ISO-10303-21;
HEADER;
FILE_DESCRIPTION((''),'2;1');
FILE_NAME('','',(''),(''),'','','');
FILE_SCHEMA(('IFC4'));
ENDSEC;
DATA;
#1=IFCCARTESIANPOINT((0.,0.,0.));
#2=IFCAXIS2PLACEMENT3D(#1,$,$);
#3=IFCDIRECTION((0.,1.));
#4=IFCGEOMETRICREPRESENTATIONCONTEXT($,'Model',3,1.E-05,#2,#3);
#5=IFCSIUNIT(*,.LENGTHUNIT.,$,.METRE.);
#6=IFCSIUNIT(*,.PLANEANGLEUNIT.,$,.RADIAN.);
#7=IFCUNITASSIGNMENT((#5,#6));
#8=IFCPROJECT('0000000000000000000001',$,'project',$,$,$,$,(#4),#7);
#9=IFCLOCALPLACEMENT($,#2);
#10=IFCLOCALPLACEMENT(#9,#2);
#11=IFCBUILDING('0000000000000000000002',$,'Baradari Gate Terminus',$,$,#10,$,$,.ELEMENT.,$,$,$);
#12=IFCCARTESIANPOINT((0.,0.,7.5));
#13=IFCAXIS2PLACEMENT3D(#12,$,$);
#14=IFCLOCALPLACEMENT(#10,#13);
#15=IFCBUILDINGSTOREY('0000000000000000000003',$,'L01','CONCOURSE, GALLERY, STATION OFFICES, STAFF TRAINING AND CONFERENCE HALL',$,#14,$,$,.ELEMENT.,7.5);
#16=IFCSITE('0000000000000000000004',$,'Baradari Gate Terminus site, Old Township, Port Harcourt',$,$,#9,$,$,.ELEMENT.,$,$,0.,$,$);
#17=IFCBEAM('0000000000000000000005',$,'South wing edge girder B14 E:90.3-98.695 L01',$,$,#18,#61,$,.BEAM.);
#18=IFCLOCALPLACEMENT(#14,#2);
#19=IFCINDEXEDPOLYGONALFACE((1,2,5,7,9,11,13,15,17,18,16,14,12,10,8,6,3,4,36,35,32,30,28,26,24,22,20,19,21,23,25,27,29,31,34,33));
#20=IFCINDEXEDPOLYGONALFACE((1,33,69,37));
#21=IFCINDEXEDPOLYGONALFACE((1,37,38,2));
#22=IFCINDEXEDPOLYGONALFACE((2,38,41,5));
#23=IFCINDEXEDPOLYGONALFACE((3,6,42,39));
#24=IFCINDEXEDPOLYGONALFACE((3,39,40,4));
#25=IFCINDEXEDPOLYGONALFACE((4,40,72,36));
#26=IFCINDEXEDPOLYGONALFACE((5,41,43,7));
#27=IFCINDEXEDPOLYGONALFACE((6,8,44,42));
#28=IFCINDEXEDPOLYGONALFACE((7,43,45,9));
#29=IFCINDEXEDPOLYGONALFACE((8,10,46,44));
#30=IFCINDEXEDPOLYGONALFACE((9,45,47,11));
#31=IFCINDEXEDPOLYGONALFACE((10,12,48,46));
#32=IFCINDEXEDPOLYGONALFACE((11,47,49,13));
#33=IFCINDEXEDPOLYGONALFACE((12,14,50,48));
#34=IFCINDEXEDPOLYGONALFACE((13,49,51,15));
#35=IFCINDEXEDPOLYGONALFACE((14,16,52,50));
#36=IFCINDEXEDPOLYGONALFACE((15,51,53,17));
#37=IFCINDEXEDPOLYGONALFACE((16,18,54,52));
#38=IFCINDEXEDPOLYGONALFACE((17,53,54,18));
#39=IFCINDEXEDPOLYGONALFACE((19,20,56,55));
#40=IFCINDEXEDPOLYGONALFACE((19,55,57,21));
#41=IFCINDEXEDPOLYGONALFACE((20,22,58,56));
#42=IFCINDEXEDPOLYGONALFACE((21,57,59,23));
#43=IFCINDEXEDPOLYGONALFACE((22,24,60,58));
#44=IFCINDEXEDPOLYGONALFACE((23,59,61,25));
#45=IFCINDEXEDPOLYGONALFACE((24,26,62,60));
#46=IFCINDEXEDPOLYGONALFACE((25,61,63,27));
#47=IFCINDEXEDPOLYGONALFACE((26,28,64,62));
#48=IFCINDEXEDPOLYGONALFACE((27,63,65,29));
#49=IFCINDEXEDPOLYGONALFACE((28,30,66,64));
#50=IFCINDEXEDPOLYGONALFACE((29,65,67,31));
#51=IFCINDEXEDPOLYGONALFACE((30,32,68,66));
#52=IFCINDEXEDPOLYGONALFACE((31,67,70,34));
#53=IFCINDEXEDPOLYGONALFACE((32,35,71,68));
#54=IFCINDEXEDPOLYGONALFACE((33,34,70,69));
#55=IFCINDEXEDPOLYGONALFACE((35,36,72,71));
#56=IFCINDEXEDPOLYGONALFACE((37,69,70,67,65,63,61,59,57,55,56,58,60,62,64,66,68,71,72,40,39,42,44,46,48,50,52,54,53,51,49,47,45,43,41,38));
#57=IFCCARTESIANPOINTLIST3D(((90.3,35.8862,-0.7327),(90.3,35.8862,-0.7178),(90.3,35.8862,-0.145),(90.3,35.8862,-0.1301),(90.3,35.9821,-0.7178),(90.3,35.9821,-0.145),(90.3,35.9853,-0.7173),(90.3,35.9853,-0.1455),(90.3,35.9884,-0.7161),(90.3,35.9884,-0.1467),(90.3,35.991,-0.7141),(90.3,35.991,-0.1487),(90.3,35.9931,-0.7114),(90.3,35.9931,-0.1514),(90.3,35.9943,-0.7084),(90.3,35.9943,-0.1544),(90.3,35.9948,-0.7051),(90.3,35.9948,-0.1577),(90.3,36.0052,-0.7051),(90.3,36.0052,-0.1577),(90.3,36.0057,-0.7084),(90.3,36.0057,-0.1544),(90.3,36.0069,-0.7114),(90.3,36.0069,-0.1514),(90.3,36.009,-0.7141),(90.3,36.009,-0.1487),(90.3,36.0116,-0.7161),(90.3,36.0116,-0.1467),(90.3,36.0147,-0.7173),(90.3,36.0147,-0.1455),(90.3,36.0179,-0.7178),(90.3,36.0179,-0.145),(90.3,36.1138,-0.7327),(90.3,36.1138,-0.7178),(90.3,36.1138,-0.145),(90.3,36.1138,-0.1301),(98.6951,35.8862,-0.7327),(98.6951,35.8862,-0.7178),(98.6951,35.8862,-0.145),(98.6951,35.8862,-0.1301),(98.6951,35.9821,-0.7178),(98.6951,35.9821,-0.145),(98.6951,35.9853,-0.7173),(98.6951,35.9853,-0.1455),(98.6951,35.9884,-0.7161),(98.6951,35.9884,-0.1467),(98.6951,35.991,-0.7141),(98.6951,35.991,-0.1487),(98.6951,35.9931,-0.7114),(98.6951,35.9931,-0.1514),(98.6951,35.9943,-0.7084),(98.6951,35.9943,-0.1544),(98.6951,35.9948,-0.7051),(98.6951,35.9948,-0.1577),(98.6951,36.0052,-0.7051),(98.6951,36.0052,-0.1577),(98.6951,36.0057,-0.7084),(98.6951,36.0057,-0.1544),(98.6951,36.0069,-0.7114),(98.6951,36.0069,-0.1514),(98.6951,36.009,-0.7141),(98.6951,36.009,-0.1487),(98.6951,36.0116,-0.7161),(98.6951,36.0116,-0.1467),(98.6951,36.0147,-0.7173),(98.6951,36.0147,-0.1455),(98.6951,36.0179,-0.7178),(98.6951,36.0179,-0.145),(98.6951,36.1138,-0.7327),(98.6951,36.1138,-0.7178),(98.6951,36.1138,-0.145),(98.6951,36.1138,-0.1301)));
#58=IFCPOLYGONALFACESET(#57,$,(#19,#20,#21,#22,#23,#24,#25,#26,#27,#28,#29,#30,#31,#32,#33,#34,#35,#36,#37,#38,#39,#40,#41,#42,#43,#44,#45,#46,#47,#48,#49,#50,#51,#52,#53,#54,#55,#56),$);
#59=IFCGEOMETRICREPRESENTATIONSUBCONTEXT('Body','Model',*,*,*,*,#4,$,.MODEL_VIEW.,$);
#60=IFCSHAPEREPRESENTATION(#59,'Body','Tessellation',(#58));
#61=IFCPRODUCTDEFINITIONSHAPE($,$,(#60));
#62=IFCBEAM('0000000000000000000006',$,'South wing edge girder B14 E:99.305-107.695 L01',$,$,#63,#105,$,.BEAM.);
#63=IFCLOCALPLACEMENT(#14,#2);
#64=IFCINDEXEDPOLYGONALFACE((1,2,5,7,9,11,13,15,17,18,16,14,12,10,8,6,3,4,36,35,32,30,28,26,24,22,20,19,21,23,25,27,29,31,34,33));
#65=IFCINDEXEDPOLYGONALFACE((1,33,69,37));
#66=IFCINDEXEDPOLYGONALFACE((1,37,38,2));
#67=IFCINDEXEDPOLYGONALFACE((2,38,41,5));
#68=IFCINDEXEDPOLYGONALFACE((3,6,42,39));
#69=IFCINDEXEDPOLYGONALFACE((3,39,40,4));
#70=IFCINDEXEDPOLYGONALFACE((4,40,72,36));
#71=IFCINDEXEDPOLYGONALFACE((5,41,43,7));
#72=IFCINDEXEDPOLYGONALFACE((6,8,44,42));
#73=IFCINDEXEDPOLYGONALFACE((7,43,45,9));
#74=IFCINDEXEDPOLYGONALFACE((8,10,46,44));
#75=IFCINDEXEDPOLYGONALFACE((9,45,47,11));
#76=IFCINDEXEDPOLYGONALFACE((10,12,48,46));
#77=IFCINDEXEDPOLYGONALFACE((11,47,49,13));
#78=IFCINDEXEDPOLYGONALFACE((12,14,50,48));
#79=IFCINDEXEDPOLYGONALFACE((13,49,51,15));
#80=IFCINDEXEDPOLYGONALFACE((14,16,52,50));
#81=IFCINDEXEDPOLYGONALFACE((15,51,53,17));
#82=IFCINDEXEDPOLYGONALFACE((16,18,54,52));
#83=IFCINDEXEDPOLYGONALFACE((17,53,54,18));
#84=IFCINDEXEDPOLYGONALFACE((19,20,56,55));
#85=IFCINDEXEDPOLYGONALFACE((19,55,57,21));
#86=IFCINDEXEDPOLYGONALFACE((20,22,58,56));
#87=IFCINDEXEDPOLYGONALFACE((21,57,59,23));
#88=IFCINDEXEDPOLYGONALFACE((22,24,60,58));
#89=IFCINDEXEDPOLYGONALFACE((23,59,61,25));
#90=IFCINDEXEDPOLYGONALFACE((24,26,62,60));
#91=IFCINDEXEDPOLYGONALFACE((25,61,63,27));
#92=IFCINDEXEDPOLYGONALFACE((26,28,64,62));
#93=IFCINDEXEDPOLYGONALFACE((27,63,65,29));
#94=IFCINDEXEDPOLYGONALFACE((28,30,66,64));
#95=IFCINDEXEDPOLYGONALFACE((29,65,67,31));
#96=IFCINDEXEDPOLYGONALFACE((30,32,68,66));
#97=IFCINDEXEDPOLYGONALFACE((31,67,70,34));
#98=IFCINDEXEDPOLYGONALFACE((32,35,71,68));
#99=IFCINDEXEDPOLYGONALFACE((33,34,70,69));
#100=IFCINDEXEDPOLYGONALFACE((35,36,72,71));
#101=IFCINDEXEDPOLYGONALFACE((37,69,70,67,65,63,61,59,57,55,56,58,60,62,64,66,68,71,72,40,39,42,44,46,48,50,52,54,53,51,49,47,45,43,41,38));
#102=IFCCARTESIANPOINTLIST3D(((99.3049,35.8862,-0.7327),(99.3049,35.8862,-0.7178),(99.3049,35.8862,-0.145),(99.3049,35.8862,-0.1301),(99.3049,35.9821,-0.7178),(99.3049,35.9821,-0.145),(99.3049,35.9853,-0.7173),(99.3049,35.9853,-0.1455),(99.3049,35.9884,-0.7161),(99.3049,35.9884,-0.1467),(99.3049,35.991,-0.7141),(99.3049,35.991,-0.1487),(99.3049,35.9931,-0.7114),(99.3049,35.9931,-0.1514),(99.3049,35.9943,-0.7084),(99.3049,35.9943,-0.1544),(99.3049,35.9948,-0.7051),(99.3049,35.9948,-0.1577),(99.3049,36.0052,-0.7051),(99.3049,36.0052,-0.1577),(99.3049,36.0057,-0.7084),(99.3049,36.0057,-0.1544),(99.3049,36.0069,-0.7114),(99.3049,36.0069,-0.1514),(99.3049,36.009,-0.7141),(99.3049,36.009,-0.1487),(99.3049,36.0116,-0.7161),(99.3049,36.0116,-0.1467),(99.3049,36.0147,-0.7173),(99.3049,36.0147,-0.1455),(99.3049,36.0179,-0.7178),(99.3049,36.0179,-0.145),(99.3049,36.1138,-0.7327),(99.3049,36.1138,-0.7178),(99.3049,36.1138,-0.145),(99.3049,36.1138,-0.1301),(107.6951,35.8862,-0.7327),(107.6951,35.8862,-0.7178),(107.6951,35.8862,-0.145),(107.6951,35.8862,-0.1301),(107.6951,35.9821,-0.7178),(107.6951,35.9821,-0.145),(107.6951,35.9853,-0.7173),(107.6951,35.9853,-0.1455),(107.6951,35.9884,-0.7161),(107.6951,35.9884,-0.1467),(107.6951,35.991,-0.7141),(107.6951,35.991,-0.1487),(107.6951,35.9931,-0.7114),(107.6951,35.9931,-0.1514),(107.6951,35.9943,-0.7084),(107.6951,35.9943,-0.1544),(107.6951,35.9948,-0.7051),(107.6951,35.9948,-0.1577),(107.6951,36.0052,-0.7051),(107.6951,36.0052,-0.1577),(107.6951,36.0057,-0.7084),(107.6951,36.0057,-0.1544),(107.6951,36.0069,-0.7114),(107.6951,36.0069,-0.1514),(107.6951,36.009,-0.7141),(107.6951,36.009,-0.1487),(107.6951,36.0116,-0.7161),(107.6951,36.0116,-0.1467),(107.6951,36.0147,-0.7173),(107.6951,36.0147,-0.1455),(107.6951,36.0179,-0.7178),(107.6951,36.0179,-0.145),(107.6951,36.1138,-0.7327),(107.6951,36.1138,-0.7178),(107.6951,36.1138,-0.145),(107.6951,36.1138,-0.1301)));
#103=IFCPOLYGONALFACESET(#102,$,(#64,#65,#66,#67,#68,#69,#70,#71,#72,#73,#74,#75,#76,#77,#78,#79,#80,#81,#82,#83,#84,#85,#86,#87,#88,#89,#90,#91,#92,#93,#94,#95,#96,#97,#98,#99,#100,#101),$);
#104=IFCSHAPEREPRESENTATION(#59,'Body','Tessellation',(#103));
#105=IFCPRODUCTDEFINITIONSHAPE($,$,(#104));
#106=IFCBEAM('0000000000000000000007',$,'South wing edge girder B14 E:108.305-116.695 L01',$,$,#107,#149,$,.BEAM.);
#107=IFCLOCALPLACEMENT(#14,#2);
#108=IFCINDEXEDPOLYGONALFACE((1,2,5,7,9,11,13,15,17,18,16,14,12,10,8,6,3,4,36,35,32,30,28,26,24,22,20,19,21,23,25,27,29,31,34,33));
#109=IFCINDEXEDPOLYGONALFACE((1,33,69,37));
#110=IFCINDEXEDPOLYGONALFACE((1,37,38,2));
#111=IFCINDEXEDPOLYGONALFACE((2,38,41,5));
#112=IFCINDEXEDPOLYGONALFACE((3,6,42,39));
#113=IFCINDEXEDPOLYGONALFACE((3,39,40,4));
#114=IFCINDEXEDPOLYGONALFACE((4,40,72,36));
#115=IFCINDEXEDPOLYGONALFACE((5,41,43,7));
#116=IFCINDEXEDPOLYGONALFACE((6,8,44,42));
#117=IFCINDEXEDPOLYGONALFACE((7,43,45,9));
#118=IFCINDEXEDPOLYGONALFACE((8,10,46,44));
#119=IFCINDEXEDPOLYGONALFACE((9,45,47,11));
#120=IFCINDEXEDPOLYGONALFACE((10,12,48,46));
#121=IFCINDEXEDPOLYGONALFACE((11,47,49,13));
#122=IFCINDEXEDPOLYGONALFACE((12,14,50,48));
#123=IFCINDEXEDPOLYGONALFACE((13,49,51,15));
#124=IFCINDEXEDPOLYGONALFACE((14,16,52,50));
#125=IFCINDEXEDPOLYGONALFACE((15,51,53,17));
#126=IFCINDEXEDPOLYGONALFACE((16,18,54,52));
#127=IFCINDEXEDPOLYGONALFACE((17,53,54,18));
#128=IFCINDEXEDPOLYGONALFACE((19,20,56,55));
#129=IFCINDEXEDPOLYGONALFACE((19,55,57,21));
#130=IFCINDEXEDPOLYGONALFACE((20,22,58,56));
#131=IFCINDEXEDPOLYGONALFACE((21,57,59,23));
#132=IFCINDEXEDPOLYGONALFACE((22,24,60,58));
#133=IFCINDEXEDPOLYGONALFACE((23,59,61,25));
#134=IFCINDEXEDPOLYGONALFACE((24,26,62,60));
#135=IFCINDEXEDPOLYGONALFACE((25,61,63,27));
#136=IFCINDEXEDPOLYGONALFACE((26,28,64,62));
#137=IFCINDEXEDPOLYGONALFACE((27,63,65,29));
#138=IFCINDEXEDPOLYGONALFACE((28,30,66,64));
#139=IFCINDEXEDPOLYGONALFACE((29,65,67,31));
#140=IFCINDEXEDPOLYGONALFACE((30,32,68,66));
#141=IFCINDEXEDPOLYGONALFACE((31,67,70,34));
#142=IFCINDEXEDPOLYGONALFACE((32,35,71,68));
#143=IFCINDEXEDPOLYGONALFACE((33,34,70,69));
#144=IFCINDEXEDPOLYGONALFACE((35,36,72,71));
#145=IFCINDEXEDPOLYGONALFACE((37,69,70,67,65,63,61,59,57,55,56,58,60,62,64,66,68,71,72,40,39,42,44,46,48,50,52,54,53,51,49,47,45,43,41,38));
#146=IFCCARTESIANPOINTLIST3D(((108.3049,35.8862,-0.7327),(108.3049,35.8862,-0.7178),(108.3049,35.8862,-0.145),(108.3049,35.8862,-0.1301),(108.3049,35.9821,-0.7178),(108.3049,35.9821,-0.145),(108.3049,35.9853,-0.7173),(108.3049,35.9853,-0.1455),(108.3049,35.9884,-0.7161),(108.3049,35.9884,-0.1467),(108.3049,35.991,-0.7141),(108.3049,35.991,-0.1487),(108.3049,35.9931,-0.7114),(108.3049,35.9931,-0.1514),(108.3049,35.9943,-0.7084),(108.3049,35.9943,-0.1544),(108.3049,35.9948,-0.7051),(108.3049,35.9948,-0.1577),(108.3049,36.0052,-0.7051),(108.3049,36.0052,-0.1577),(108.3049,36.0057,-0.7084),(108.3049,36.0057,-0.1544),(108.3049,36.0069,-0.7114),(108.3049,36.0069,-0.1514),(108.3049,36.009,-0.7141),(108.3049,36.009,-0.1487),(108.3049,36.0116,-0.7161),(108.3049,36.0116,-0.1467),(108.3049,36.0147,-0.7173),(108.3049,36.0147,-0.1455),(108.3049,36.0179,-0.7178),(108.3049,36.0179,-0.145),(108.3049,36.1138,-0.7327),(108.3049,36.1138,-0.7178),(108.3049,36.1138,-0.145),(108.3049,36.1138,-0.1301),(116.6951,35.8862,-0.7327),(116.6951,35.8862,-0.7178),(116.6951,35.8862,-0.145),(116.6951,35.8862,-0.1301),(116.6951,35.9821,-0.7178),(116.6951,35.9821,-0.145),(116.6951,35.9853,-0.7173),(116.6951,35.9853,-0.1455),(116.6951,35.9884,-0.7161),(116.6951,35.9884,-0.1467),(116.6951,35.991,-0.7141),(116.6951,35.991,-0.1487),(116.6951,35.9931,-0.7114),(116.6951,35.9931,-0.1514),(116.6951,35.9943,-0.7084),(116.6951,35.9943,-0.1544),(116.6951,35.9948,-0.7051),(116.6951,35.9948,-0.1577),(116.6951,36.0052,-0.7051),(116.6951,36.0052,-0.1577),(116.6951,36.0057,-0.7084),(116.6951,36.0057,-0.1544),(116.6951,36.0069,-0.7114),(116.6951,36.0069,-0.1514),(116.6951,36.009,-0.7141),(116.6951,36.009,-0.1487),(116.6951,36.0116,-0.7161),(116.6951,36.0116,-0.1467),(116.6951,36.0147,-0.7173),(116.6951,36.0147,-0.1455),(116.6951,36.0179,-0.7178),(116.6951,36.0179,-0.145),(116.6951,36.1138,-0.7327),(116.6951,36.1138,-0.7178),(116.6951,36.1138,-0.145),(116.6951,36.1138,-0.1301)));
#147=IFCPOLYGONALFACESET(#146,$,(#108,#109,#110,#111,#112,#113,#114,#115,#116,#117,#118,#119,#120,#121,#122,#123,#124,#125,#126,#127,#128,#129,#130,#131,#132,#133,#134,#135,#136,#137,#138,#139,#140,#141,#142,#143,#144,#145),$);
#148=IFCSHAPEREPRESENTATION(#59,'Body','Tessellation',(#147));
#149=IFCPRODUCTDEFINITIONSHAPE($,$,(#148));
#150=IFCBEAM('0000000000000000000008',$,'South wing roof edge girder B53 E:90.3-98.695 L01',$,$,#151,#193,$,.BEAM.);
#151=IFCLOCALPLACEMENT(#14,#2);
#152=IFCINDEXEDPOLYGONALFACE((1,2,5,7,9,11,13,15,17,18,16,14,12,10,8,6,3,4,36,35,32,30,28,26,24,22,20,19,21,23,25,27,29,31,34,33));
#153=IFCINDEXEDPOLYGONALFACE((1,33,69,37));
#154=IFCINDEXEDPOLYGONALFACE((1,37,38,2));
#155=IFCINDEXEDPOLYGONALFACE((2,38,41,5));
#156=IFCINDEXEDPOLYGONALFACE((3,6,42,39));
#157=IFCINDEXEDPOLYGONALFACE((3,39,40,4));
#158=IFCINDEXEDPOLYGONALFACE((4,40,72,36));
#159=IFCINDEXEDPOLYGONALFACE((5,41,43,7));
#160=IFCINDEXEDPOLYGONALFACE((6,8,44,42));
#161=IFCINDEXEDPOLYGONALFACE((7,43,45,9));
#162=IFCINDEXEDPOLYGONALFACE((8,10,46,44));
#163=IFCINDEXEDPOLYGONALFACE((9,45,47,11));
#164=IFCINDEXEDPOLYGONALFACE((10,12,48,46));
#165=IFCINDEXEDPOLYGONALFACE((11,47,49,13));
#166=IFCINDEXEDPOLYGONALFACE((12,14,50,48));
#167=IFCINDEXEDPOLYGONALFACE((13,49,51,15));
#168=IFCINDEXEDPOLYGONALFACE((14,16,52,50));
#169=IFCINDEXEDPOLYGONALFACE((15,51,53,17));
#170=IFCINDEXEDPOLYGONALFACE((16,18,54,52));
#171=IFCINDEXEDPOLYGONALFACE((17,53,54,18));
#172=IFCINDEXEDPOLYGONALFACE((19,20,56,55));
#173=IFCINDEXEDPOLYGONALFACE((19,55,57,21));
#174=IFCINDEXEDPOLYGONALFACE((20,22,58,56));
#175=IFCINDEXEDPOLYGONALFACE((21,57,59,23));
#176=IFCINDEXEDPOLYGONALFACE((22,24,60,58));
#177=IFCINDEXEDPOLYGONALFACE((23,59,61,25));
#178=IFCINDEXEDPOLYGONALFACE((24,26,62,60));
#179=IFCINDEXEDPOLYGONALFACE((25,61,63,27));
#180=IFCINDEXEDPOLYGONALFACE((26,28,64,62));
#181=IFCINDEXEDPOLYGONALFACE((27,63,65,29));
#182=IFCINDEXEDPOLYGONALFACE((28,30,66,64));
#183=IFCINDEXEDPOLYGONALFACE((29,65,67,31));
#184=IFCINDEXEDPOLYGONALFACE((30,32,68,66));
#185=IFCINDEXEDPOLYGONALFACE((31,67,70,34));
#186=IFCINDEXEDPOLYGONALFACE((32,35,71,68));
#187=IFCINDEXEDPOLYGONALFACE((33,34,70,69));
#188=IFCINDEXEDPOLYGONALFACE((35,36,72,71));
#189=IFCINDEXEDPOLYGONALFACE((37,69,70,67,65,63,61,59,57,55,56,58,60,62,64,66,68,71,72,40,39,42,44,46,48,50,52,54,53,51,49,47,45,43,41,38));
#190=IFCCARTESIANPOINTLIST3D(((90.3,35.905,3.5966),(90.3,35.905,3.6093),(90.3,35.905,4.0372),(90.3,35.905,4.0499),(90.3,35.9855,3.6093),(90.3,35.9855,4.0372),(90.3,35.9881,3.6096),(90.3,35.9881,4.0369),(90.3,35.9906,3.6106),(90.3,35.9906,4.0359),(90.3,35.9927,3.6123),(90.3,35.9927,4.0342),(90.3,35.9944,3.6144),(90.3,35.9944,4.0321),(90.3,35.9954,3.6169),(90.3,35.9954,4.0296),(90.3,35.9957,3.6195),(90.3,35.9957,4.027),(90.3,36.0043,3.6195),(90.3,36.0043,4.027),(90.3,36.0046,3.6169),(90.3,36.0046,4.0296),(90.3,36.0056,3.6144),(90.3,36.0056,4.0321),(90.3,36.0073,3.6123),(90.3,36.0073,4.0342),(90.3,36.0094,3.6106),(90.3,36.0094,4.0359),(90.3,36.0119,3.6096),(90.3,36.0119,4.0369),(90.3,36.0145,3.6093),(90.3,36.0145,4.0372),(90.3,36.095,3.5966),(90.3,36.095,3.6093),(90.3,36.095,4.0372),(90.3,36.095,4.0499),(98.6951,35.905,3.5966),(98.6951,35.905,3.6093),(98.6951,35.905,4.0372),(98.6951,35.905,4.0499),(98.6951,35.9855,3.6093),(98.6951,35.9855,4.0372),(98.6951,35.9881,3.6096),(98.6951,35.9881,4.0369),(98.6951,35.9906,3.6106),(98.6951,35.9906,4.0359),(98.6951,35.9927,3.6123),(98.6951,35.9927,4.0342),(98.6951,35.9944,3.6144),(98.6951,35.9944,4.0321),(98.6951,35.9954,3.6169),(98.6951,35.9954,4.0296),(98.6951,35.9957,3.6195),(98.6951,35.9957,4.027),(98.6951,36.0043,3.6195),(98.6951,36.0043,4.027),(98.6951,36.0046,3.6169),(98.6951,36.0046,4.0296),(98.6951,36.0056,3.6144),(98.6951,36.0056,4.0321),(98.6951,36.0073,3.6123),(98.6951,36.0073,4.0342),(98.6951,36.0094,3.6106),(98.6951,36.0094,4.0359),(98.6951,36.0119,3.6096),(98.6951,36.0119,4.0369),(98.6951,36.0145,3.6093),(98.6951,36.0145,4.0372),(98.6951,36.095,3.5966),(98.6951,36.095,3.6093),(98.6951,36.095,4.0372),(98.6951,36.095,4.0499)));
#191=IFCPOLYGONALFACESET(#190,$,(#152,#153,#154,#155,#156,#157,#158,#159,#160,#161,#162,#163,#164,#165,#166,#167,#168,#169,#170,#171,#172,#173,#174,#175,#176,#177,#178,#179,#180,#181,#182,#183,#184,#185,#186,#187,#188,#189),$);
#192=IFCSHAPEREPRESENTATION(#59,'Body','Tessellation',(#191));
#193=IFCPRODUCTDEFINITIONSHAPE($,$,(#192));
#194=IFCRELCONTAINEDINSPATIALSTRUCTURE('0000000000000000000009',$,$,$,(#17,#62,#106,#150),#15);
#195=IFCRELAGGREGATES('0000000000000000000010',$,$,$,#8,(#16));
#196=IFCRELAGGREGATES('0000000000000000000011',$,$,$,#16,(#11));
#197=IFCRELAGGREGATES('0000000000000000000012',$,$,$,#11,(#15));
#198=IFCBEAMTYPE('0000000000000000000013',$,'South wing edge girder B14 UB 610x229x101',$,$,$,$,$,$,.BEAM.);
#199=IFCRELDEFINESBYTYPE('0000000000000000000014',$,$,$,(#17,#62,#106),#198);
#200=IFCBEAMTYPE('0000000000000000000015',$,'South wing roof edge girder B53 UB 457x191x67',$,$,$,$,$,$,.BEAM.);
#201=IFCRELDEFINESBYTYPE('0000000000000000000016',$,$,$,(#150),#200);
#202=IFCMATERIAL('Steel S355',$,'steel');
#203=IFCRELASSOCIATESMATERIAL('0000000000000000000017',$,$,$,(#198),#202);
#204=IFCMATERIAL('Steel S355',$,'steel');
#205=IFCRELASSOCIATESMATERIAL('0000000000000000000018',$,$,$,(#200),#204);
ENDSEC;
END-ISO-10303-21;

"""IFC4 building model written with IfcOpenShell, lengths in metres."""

from ifc_helpers import new_model, si_unit, direction, frame, origin, origin_2d, place, context, subcontext, project, spatial, i_section, extrude, material, material_profile, profile_set, type_object, element, save


model = new_model("IFC4")

# Units and contexts
model_context = context("Model", 3, precision=1e-05, world=origin(), true_north=direction((0.0, 1.0)))
body_context = subcontext(model_context, "Body", "Model", "MODEL_VIEW")
ifc_project = project(units=[si_unit("LENGTHUNIT", "METRE"), si_unit("PLANEANGLEUNIT", "RADIAN")], contexts=[model_context])

# Site, building, storey
site_placement = place(None, origin())
site = spatial("IfcSite", under=ifc_project, at=site_placement, Name="Baradari Gate Terminus site, Old Township, Port Harcourt", CompositionType="ELEMENT", RefElevation=0.0)
building_placement = place(site_placement, origin())
building = spatial("IfcBuilding", under=site, at=building_placement, Name="Baradari Gate Terminus", CompositionType="ELEMENT")
storey_placement = place(building_placement, frame((0.0, 0.0, 7.5)))
storey = spatial("IfcBuildingStorey", under=building, at=storey_placement, Name="L01", Description="CONCOURSE, GALLERY, STATION OFFICES, STAFF TRAINING AND CONFERENCE HALL", CompositionType="ELEMENT", Elevation=7.5)

# Beams
ifc_material_1 = material(Name="Steel S355", Category="steel")
ifc_material_profile_1 = material_profile(ifc_material_1, i_section(OverallWidth=0.2275, OverallDepth=0.6025, WebThickness=0.0105, FlangeThickness=0.0149, FilletRadius=0.0127, at=origin_2d()), Name="UB 610x229x101")
ifc_profile_set_1 = profile_set([ifc_material_profile_1], Name="Steel S355")
beam_type_1 = type_object("IfcBeamType", Name="South wing edge girder B14 UB 610x229x101", PredefinedType="BEAM", material=ifc_profile_set_1)
beam_1_placement = place(storey_placement, frame((90.3, 36.0, -0.4314), z_axis=(1.0, 0.0, 0.0), x_axis=(0.0, 1.0, 0.0)))
element("IfcBeam", 1, at=beam_1_placement, inside=storey, type_object=beam_type_1, Name="South wing edge girder B14 E:90.3-98.695 L01", PredefinedType="BEAM", context=body_context, shape_type="SweptSolid", body=[
    extrude(i_section(OverallWidth=0.2275, OverallDepth=0.6025, WebThickness=0.0105, FlangeThickness=0.0149, FilletRadius=0.0127, at=origin_2d()), origin(), (0.0, 0.0, 1.0), 8.395),
])
for number, where, z_axis, x_axis, name in (
    (2, (99.3049, 36.0, -0.4314), (1.0, 0.0, 0.0), (0.0, 1.0, 0.0), "South wing edge girder B14 E:99.305-107.695 L01"),
    (3, (108.3049, 36.0, -0.4314), (1.0, 0.0, 0.0), (0.0, 1.0, 0.0), "South wing edge girder B14 E:108.305-116.695 L01"),
):
    element("IfcBeam", number, at=place(storey_placement, frame(where, z_axis=z_axis, x_axis=x_axis)), inside=storey, type_object=beam_type_1, Name=name, PredefinedType="BEAM", context=body_context, shape_type="SweptSolid", body=[
        extrude(i_section(OverallWidth=0.2275, OverallDepth=0.6025, WebThickness=0.0105, FlangeThickness=0.0149, FilletRadius=0.0127, at=origin_2d()), origin(), (0.0, 0.0, 1.0), 8.3901),
    ])
ifc_material_2 = material(Name="Steel S355", Category="steel")
ifc_material_profile_2 = material_profile(ifc_material_2, i_section(OverallWidth=0.1899, OverallDepth=0.4534, WebThickness=0.0085, FlangeThickness=0.0127, FilletRadius=0.0103, at=origin_2d()), Name="UB 457x191x67")
ifc_profile_set_2 = profile_set([ifc_material_profile_2], Name="Steel S355")
beam_type_2 = type_object("IfcBeamType", Name="South wing roof edge girder B53 UB 457x191x67", PredefinedType="BEAM", material=ifc_profile_set_2)
beam_2_placement = place(storey_placement, frame((90.3, 36.0, 3.8232), z_axis=(1.0, 0.0, 0.0), x_axis=(0.0, 1.0, 0.0)))
element("IfcBeam", 4, at=beam_2_placement, inside=storey, type_object=beam_type_2, Name="South wing roof edge girder B53 E:90.3-98.695 L01", PredefinedType="BEAM", context=body_context, shape_type="SweptSolid", body=[
    extrude(i_section(OverallWidth=0.1899, OverallDepth=0.4534, WebThickness=0.0085, FlangeThickness=0.0127, FilletRadius=0.0103, at=origin_2d()), origin(), (0.0, 0.0, 1.0), 8.395),
])

save(model, "model.ifc")
